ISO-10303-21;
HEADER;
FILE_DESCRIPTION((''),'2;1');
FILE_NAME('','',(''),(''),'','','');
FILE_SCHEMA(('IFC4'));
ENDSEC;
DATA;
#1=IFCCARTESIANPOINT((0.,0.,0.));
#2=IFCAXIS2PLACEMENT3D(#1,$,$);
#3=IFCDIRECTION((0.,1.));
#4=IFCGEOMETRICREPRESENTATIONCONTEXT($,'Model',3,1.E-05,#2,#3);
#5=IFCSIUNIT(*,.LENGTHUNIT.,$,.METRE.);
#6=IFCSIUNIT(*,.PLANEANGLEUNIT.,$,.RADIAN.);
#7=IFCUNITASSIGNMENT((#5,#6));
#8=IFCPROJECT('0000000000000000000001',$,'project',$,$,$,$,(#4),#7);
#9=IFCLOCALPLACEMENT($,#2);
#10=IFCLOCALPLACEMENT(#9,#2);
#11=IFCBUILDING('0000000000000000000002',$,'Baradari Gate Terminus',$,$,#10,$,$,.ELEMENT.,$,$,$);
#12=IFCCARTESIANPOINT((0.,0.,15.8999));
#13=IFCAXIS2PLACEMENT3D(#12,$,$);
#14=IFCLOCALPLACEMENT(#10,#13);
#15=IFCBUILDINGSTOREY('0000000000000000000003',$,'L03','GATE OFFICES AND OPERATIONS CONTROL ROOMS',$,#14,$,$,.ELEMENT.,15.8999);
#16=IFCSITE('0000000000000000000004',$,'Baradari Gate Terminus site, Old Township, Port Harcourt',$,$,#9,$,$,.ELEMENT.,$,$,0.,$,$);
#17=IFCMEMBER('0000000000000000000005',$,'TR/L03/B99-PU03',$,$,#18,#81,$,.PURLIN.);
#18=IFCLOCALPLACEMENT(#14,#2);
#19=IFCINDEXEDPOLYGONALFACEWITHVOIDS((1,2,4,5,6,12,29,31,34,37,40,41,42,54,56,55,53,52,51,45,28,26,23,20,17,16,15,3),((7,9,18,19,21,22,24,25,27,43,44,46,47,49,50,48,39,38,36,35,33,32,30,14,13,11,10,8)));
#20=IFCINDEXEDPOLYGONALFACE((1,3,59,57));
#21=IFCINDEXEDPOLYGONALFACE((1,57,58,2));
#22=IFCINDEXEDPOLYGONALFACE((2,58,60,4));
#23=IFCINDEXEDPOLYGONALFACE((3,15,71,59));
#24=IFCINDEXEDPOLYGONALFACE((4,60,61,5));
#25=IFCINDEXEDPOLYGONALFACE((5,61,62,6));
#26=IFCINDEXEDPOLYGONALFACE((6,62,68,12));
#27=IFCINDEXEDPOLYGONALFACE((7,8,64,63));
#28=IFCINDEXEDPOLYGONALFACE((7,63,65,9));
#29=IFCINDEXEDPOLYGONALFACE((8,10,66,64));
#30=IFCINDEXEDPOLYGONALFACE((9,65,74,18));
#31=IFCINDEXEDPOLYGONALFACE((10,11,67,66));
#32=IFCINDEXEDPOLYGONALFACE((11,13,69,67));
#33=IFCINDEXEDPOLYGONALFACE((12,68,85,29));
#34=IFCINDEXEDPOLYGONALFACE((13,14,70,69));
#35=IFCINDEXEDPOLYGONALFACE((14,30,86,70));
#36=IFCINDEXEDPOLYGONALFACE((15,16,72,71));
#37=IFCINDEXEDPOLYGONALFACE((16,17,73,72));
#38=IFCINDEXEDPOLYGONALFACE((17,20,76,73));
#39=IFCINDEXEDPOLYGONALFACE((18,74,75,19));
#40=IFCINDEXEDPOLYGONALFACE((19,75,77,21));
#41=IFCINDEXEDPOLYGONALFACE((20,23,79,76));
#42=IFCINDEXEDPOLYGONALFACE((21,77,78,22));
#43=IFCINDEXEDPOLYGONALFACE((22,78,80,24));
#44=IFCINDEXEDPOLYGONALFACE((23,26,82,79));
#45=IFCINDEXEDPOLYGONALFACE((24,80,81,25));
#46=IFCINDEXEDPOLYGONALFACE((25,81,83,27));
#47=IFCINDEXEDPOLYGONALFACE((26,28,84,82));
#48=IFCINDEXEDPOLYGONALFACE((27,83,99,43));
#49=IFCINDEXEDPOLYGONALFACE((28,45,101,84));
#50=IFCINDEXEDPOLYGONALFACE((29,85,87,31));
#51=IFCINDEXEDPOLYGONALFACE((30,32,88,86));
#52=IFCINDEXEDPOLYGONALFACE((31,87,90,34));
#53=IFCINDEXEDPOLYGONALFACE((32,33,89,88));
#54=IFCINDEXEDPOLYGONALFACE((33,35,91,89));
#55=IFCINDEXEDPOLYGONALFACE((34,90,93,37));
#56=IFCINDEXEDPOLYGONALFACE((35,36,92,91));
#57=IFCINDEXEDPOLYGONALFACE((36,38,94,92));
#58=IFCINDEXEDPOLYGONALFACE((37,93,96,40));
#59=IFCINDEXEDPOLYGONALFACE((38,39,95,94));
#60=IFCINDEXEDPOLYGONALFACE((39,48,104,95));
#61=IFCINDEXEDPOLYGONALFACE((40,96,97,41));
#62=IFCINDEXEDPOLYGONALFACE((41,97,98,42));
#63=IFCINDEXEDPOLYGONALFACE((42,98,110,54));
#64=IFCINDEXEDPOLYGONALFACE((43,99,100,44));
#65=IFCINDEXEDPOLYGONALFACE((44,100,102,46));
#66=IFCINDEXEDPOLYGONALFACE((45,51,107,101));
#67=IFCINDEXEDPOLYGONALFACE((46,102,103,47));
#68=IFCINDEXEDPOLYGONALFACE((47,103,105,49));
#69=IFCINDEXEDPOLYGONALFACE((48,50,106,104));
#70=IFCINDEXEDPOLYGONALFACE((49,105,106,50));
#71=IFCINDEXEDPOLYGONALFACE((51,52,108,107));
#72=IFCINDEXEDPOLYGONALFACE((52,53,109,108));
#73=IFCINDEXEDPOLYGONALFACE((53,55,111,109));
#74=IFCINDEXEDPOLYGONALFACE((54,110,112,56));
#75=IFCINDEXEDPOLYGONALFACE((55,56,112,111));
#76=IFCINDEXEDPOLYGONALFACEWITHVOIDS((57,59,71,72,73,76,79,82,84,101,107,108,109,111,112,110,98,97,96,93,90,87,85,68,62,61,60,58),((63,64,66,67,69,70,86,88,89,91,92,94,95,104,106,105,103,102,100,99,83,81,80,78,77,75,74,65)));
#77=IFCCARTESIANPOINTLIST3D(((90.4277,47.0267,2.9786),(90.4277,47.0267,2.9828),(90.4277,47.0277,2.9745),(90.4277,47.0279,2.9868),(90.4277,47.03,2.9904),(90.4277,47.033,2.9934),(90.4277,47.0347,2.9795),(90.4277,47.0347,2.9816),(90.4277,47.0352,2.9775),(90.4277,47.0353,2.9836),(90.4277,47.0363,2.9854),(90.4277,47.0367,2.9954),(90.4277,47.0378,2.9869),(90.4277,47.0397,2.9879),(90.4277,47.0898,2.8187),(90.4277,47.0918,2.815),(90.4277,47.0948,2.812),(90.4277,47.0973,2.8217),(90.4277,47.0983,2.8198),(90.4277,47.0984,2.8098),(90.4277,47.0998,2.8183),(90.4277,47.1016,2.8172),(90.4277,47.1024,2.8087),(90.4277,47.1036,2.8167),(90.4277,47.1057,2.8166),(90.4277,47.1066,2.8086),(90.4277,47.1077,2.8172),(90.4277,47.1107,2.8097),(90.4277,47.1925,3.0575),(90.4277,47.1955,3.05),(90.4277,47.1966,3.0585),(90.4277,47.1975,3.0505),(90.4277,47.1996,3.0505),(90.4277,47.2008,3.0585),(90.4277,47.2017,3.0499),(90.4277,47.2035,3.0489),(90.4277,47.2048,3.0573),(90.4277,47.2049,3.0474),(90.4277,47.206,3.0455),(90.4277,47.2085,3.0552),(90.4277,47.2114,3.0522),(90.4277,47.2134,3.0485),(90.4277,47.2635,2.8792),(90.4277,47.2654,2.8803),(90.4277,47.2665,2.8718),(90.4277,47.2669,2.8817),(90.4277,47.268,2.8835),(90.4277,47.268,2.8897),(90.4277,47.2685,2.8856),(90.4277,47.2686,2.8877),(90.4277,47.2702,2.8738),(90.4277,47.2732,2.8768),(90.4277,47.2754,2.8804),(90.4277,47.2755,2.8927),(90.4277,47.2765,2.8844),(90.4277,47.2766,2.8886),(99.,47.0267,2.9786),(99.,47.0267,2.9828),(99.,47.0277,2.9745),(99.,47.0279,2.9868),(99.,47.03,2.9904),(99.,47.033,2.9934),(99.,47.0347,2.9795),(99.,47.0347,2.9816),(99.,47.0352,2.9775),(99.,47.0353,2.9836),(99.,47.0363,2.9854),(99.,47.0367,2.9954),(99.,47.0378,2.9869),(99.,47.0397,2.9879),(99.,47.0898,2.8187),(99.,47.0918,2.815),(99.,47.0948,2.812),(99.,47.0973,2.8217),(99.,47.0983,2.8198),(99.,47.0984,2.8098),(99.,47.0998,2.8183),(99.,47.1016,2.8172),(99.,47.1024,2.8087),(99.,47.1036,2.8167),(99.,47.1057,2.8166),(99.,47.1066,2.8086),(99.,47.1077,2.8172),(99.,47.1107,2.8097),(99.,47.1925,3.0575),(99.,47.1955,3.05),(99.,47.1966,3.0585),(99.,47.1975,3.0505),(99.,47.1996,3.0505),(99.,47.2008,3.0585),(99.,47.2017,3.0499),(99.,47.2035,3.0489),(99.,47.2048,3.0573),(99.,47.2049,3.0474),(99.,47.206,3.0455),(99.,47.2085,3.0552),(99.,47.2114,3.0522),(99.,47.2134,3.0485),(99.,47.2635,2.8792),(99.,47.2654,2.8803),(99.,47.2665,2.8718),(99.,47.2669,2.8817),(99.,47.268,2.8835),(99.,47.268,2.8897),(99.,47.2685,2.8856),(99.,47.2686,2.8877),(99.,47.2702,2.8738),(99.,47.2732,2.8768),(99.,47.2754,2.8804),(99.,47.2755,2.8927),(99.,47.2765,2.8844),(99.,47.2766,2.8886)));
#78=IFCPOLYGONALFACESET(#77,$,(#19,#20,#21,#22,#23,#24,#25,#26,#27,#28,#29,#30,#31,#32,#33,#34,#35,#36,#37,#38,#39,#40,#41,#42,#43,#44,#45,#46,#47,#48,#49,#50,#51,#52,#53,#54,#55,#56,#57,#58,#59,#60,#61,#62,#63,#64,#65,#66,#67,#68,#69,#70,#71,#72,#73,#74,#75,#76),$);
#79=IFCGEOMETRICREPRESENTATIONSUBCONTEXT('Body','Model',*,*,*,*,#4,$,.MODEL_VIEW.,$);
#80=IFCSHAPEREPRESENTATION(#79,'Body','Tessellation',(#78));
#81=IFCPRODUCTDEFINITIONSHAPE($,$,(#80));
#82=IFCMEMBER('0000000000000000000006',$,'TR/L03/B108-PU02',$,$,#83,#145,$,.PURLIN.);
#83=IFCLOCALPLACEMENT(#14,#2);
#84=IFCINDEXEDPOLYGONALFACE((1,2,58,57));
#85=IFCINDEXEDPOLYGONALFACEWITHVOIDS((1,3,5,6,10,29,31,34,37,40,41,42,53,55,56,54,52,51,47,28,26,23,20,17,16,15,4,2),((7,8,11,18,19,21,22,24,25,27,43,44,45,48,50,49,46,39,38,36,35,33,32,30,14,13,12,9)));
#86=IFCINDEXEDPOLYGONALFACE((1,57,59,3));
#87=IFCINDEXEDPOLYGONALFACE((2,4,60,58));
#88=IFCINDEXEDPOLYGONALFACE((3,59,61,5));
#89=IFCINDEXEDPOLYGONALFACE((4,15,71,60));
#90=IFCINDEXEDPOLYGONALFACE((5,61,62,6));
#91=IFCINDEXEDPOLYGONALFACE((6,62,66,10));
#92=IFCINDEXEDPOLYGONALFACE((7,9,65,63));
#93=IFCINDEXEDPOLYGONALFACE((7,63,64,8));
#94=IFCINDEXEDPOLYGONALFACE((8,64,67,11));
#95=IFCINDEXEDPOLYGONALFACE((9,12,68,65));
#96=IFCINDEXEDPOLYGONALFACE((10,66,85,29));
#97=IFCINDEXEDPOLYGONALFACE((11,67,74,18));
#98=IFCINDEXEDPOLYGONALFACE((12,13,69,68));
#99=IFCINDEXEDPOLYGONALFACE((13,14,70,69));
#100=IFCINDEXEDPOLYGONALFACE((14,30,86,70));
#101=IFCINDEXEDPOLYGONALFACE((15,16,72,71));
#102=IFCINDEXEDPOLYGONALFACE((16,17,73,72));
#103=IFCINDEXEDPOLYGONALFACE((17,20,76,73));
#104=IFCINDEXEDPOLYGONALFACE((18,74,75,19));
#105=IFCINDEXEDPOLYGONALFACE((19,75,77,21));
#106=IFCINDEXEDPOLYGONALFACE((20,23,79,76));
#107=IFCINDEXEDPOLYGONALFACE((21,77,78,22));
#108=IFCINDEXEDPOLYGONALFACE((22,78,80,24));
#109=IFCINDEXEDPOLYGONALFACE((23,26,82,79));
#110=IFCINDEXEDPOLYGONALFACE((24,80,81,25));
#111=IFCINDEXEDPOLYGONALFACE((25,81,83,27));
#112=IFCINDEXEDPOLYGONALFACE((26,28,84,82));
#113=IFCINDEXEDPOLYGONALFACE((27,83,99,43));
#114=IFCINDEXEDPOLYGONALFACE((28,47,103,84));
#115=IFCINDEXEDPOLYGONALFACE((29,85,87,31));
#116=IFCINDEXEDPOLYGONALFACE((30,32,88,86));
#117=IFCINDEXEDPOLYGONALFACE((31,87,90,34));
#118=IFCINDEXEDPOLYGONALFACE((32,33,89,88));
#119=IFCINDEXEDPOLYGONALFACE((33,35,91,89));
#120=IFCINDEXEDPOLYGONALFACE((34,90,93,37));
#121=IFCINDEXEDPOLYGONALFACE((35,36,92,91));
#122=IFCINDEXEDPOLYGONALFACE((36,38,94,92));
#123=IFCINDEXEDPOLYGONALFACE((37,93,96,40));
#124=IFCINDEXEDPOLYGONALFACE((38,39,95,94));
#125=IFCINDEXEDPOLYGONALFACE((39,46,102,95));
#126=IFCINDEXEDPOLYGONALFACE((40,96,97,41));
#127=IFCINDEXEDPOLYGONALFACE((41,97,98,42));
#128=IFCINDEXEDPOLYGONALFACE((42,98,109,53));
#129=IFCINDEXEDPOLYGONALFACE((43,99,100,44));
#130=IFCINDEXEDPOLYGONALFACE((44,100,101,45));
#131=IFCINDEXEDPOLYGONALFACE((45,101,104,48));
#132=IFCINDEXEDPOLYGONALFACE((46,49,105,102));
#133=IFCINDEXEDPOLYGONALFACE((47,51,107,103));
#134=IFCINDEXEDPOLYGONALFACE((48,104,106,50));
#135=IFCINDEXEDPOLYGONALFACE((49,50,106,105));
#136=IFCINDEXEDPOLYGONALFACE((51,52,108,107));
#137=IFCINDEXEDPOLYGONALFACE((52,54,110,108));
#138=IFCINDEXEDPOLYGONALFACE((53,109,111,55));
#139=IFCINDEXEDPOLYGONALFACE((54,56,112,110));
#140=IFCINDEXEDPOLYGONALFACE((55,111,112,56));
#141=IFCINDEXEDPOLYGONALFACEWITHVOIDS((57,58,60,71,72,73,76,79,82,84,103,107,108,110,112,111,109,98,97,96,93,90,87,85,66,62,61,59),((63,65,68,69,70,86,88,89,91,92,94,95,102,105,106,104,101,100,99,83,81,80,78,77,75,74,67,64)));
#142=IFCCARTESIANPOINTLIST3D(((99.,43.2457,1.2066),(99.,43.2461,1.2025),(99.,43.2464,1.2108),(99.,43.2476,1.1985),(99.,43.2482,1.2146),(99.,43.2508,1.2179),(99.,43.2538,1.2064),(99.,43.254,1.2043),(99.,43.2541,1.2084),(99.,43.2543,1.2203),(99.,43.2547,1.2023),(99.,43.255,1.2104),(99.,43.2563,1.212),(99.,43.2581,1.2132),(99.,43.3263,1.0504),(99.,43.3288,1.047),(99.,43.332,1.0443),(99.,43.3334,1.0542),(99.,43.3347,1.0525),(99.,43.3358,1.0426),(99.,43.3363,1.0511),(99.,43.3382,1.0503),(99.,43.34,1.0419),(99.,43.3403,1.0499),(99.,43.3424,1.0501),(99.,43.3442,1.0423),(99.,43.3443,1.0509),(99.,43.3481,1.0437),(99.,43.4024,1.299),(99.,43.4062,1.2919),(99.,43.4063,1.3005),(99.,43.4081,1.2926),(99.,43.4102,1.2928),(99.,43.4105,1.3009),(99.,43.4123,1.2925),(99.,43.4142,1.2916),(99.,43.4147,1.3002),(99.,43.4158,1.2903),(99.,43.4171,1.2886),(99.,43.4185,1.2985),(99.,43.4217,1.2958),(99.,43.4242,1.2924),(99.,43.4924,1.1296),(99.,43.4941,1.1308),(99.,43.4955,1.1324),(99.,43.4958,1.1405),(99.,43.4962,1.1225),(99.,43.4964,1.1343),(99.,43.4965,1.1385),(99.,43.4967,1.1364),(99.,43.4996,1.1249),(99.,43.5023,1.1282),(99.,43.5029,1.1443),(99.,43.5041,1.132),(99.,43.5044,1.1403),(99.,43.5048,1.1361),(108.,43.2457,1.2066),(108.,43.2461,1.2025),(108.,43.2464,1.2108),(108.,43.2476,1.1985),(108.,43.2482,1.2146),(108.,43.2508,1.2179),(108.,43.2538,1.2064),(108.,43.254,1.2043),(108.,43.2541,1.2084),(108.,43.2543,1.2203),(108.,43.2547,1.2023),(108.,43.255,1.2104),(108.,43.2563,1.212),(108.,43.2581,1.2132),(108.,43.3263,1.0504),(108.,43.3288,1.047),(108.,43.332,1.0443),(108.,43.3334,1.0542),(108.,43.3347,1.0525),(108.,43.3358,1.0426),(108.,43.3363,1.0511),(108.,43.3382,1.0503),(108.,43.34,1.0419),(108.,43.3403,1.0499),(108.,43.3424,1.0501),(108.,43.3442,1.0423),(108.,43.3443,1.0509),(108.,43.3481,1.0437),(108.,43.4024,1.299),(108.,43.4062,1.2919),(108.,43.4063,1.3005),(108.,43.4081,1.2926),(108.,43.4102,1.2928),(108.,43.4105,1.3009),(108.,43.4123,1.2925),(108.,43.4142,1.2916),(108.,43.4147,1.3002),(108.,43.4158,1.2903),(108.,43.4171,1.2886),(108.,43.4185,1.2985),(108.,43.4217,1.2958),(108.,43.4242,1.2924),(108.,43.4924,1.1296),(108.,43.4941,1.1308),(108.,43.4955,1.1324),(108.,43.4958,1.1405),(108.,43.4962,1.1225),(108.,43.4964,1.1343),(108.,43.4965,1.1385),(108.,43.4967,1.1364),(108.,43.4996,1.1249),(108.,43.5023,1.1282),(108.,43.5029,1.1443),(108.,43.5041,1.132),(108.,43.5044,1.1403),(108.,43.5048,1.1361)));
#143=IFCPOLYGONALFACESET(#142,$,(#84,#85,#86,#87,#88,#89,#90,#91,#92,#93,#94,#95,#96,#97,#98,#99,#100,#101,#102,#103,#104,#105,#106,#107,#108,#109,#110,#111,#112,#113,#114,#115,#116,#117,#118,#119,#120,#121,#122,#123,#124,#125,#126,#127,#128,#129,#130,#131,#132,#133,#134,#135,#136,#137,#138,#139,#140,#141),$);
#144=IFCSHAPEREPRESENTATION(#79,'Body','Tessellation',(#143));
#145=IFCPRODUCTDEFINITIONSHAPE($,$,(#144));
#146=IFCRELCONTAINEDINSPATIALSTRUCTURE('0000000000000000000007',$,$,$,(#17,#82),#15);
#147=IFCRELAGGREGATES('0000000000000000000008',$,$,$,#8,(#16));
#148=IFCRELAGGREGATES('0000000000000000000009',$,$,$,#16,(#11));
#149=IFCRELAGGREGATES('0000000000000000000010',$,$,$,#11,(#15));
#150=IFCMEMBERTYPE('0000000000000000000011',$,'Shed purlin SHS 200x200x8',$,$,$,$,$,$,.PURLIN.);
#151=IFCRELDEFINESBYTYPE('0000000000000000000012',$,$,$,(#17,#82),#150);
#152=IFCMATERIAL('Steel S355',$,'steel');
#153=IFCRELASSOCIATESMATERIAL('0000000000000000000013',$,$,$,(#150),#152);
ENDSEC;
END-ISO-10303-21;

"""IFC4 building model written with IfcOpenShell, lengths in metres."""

from ifc_helpers import new_model, si_unit, direction, frame, origin, origin_2d, place, context, subcontext, project, spatial, hollow_rectangle, extrude, material, material_profile, profile_set, type_object, element, save


model = new_model("IFC4")

# Units and contexts
model_context = context("Model", 3, precision=1e-05, world=origin(), true_north=direction((0.0, 1.0)))
body_context = subcontext(model_context, "Body", "Model", "MODEL_VIEW")
ifc_project = project(units=[si_unit("LENGTHUNIT", "METRE"), si_unit("PLANEANGLEUNIT", "RADIAN")], contexts=[model_context])

# Site, building, storey
site_placement = place(None, origin())
site = spatial("IfcSite", under=ifc_project, at=site_placement, Name="Baradari Gate Terminus site, Old Township, Port Harcourt", CompositionType="ELEMENT", RefElevation=0.0)
building_placement = place(site_placement, origin())
building = spatial("IfcBuilding", under=site, at=building_placement, Name="Baradari Gate Terminus", CompositionType="ELEMENT")
storey_placement = place(building_placement, frame((0.0, 0.0, 15.8999)))
storey = spatial("IfcBuildingStorey", under=building, at=storey_placement, Name="L03", Description="GATE OFFICES AND OPERATIONS CONTROL ROOMS", CompositionType="ELEMENT", Elevation=15.8999)

# Members
ifc_material_1 = material(Name="Steel S355", Category="steel")
ifc_material_profile_1 = material_profile(ifc_material_1, hollow_rectangle(XDim=0.2, YDim=0.2, WallThickness=0.0081, InnerFilletRadius=0.0081, OuterFilletRadius=0.0161, at=origin_2d()), Name="SHS 200x200x8")
ifc_profile_set_1 = profile_set([ifc_material_profile_1], Name="Steel S355")
member_type_1 = type_object("IfcMemberType", Name="Shed purlin SHS 200x200x8", PredefinedType="PURLIN", material=ifc_profile_set_1)
for number, where, z_axis, x_axis, name in (
    (1, (90.4277, 47.1516, 2.9336), (1.0, 0.0, 0.0), (0.0, 0.928965, 0.370167), "TR/L03/B99-PU03"),
):
    element("IfcMember", number, at=place(storey_placement, frame(where, z_axis=z_axis, x_axis=x_axis)), inside=storey, type_object=member_type_1, Name=name, PredefinedType="PURLIN", context=body_context, shape_type="SweptSolid", body=[
        extrude(hollow_rectangle(XDim=0.2, YDim=0.2, WallThickness=0.0081, InnerFilletRadius=0.0081, OuterFilletRadius=0.0161, at=origin_2d()), origin(), (0.0, 0.0, 1.0), 8.5723),
    ])
for number, where, z_axis, x_axis, name in (
    (2, (99.0, 43.3752, 1.1714), (1.0, 0.0, 0.0), (0.0, 0.883027, 0.469322), "TR/L03/B108-PU02"),
):
    element("IfcMember", number, at=place(storey_placement, frame(where, z_axis=z_axis, x_axis=x_axis)), inside=storey, type_object=member_type_1, Name=name, PredefinedType="PURLIN", context=body_context, shape_type="SweptSolid", body=[
        extrude(hollow_rectangle(XDim=0.2, YDim=0.2, WallThickness=0.0081, InnerFilletRadius=0.0081, OuterFilletRadius=0.0161, at=origin_2d()), origin(), (0.0, 0.0, 1.0), 9.0),
    ])

save(model, "model.ifc")
